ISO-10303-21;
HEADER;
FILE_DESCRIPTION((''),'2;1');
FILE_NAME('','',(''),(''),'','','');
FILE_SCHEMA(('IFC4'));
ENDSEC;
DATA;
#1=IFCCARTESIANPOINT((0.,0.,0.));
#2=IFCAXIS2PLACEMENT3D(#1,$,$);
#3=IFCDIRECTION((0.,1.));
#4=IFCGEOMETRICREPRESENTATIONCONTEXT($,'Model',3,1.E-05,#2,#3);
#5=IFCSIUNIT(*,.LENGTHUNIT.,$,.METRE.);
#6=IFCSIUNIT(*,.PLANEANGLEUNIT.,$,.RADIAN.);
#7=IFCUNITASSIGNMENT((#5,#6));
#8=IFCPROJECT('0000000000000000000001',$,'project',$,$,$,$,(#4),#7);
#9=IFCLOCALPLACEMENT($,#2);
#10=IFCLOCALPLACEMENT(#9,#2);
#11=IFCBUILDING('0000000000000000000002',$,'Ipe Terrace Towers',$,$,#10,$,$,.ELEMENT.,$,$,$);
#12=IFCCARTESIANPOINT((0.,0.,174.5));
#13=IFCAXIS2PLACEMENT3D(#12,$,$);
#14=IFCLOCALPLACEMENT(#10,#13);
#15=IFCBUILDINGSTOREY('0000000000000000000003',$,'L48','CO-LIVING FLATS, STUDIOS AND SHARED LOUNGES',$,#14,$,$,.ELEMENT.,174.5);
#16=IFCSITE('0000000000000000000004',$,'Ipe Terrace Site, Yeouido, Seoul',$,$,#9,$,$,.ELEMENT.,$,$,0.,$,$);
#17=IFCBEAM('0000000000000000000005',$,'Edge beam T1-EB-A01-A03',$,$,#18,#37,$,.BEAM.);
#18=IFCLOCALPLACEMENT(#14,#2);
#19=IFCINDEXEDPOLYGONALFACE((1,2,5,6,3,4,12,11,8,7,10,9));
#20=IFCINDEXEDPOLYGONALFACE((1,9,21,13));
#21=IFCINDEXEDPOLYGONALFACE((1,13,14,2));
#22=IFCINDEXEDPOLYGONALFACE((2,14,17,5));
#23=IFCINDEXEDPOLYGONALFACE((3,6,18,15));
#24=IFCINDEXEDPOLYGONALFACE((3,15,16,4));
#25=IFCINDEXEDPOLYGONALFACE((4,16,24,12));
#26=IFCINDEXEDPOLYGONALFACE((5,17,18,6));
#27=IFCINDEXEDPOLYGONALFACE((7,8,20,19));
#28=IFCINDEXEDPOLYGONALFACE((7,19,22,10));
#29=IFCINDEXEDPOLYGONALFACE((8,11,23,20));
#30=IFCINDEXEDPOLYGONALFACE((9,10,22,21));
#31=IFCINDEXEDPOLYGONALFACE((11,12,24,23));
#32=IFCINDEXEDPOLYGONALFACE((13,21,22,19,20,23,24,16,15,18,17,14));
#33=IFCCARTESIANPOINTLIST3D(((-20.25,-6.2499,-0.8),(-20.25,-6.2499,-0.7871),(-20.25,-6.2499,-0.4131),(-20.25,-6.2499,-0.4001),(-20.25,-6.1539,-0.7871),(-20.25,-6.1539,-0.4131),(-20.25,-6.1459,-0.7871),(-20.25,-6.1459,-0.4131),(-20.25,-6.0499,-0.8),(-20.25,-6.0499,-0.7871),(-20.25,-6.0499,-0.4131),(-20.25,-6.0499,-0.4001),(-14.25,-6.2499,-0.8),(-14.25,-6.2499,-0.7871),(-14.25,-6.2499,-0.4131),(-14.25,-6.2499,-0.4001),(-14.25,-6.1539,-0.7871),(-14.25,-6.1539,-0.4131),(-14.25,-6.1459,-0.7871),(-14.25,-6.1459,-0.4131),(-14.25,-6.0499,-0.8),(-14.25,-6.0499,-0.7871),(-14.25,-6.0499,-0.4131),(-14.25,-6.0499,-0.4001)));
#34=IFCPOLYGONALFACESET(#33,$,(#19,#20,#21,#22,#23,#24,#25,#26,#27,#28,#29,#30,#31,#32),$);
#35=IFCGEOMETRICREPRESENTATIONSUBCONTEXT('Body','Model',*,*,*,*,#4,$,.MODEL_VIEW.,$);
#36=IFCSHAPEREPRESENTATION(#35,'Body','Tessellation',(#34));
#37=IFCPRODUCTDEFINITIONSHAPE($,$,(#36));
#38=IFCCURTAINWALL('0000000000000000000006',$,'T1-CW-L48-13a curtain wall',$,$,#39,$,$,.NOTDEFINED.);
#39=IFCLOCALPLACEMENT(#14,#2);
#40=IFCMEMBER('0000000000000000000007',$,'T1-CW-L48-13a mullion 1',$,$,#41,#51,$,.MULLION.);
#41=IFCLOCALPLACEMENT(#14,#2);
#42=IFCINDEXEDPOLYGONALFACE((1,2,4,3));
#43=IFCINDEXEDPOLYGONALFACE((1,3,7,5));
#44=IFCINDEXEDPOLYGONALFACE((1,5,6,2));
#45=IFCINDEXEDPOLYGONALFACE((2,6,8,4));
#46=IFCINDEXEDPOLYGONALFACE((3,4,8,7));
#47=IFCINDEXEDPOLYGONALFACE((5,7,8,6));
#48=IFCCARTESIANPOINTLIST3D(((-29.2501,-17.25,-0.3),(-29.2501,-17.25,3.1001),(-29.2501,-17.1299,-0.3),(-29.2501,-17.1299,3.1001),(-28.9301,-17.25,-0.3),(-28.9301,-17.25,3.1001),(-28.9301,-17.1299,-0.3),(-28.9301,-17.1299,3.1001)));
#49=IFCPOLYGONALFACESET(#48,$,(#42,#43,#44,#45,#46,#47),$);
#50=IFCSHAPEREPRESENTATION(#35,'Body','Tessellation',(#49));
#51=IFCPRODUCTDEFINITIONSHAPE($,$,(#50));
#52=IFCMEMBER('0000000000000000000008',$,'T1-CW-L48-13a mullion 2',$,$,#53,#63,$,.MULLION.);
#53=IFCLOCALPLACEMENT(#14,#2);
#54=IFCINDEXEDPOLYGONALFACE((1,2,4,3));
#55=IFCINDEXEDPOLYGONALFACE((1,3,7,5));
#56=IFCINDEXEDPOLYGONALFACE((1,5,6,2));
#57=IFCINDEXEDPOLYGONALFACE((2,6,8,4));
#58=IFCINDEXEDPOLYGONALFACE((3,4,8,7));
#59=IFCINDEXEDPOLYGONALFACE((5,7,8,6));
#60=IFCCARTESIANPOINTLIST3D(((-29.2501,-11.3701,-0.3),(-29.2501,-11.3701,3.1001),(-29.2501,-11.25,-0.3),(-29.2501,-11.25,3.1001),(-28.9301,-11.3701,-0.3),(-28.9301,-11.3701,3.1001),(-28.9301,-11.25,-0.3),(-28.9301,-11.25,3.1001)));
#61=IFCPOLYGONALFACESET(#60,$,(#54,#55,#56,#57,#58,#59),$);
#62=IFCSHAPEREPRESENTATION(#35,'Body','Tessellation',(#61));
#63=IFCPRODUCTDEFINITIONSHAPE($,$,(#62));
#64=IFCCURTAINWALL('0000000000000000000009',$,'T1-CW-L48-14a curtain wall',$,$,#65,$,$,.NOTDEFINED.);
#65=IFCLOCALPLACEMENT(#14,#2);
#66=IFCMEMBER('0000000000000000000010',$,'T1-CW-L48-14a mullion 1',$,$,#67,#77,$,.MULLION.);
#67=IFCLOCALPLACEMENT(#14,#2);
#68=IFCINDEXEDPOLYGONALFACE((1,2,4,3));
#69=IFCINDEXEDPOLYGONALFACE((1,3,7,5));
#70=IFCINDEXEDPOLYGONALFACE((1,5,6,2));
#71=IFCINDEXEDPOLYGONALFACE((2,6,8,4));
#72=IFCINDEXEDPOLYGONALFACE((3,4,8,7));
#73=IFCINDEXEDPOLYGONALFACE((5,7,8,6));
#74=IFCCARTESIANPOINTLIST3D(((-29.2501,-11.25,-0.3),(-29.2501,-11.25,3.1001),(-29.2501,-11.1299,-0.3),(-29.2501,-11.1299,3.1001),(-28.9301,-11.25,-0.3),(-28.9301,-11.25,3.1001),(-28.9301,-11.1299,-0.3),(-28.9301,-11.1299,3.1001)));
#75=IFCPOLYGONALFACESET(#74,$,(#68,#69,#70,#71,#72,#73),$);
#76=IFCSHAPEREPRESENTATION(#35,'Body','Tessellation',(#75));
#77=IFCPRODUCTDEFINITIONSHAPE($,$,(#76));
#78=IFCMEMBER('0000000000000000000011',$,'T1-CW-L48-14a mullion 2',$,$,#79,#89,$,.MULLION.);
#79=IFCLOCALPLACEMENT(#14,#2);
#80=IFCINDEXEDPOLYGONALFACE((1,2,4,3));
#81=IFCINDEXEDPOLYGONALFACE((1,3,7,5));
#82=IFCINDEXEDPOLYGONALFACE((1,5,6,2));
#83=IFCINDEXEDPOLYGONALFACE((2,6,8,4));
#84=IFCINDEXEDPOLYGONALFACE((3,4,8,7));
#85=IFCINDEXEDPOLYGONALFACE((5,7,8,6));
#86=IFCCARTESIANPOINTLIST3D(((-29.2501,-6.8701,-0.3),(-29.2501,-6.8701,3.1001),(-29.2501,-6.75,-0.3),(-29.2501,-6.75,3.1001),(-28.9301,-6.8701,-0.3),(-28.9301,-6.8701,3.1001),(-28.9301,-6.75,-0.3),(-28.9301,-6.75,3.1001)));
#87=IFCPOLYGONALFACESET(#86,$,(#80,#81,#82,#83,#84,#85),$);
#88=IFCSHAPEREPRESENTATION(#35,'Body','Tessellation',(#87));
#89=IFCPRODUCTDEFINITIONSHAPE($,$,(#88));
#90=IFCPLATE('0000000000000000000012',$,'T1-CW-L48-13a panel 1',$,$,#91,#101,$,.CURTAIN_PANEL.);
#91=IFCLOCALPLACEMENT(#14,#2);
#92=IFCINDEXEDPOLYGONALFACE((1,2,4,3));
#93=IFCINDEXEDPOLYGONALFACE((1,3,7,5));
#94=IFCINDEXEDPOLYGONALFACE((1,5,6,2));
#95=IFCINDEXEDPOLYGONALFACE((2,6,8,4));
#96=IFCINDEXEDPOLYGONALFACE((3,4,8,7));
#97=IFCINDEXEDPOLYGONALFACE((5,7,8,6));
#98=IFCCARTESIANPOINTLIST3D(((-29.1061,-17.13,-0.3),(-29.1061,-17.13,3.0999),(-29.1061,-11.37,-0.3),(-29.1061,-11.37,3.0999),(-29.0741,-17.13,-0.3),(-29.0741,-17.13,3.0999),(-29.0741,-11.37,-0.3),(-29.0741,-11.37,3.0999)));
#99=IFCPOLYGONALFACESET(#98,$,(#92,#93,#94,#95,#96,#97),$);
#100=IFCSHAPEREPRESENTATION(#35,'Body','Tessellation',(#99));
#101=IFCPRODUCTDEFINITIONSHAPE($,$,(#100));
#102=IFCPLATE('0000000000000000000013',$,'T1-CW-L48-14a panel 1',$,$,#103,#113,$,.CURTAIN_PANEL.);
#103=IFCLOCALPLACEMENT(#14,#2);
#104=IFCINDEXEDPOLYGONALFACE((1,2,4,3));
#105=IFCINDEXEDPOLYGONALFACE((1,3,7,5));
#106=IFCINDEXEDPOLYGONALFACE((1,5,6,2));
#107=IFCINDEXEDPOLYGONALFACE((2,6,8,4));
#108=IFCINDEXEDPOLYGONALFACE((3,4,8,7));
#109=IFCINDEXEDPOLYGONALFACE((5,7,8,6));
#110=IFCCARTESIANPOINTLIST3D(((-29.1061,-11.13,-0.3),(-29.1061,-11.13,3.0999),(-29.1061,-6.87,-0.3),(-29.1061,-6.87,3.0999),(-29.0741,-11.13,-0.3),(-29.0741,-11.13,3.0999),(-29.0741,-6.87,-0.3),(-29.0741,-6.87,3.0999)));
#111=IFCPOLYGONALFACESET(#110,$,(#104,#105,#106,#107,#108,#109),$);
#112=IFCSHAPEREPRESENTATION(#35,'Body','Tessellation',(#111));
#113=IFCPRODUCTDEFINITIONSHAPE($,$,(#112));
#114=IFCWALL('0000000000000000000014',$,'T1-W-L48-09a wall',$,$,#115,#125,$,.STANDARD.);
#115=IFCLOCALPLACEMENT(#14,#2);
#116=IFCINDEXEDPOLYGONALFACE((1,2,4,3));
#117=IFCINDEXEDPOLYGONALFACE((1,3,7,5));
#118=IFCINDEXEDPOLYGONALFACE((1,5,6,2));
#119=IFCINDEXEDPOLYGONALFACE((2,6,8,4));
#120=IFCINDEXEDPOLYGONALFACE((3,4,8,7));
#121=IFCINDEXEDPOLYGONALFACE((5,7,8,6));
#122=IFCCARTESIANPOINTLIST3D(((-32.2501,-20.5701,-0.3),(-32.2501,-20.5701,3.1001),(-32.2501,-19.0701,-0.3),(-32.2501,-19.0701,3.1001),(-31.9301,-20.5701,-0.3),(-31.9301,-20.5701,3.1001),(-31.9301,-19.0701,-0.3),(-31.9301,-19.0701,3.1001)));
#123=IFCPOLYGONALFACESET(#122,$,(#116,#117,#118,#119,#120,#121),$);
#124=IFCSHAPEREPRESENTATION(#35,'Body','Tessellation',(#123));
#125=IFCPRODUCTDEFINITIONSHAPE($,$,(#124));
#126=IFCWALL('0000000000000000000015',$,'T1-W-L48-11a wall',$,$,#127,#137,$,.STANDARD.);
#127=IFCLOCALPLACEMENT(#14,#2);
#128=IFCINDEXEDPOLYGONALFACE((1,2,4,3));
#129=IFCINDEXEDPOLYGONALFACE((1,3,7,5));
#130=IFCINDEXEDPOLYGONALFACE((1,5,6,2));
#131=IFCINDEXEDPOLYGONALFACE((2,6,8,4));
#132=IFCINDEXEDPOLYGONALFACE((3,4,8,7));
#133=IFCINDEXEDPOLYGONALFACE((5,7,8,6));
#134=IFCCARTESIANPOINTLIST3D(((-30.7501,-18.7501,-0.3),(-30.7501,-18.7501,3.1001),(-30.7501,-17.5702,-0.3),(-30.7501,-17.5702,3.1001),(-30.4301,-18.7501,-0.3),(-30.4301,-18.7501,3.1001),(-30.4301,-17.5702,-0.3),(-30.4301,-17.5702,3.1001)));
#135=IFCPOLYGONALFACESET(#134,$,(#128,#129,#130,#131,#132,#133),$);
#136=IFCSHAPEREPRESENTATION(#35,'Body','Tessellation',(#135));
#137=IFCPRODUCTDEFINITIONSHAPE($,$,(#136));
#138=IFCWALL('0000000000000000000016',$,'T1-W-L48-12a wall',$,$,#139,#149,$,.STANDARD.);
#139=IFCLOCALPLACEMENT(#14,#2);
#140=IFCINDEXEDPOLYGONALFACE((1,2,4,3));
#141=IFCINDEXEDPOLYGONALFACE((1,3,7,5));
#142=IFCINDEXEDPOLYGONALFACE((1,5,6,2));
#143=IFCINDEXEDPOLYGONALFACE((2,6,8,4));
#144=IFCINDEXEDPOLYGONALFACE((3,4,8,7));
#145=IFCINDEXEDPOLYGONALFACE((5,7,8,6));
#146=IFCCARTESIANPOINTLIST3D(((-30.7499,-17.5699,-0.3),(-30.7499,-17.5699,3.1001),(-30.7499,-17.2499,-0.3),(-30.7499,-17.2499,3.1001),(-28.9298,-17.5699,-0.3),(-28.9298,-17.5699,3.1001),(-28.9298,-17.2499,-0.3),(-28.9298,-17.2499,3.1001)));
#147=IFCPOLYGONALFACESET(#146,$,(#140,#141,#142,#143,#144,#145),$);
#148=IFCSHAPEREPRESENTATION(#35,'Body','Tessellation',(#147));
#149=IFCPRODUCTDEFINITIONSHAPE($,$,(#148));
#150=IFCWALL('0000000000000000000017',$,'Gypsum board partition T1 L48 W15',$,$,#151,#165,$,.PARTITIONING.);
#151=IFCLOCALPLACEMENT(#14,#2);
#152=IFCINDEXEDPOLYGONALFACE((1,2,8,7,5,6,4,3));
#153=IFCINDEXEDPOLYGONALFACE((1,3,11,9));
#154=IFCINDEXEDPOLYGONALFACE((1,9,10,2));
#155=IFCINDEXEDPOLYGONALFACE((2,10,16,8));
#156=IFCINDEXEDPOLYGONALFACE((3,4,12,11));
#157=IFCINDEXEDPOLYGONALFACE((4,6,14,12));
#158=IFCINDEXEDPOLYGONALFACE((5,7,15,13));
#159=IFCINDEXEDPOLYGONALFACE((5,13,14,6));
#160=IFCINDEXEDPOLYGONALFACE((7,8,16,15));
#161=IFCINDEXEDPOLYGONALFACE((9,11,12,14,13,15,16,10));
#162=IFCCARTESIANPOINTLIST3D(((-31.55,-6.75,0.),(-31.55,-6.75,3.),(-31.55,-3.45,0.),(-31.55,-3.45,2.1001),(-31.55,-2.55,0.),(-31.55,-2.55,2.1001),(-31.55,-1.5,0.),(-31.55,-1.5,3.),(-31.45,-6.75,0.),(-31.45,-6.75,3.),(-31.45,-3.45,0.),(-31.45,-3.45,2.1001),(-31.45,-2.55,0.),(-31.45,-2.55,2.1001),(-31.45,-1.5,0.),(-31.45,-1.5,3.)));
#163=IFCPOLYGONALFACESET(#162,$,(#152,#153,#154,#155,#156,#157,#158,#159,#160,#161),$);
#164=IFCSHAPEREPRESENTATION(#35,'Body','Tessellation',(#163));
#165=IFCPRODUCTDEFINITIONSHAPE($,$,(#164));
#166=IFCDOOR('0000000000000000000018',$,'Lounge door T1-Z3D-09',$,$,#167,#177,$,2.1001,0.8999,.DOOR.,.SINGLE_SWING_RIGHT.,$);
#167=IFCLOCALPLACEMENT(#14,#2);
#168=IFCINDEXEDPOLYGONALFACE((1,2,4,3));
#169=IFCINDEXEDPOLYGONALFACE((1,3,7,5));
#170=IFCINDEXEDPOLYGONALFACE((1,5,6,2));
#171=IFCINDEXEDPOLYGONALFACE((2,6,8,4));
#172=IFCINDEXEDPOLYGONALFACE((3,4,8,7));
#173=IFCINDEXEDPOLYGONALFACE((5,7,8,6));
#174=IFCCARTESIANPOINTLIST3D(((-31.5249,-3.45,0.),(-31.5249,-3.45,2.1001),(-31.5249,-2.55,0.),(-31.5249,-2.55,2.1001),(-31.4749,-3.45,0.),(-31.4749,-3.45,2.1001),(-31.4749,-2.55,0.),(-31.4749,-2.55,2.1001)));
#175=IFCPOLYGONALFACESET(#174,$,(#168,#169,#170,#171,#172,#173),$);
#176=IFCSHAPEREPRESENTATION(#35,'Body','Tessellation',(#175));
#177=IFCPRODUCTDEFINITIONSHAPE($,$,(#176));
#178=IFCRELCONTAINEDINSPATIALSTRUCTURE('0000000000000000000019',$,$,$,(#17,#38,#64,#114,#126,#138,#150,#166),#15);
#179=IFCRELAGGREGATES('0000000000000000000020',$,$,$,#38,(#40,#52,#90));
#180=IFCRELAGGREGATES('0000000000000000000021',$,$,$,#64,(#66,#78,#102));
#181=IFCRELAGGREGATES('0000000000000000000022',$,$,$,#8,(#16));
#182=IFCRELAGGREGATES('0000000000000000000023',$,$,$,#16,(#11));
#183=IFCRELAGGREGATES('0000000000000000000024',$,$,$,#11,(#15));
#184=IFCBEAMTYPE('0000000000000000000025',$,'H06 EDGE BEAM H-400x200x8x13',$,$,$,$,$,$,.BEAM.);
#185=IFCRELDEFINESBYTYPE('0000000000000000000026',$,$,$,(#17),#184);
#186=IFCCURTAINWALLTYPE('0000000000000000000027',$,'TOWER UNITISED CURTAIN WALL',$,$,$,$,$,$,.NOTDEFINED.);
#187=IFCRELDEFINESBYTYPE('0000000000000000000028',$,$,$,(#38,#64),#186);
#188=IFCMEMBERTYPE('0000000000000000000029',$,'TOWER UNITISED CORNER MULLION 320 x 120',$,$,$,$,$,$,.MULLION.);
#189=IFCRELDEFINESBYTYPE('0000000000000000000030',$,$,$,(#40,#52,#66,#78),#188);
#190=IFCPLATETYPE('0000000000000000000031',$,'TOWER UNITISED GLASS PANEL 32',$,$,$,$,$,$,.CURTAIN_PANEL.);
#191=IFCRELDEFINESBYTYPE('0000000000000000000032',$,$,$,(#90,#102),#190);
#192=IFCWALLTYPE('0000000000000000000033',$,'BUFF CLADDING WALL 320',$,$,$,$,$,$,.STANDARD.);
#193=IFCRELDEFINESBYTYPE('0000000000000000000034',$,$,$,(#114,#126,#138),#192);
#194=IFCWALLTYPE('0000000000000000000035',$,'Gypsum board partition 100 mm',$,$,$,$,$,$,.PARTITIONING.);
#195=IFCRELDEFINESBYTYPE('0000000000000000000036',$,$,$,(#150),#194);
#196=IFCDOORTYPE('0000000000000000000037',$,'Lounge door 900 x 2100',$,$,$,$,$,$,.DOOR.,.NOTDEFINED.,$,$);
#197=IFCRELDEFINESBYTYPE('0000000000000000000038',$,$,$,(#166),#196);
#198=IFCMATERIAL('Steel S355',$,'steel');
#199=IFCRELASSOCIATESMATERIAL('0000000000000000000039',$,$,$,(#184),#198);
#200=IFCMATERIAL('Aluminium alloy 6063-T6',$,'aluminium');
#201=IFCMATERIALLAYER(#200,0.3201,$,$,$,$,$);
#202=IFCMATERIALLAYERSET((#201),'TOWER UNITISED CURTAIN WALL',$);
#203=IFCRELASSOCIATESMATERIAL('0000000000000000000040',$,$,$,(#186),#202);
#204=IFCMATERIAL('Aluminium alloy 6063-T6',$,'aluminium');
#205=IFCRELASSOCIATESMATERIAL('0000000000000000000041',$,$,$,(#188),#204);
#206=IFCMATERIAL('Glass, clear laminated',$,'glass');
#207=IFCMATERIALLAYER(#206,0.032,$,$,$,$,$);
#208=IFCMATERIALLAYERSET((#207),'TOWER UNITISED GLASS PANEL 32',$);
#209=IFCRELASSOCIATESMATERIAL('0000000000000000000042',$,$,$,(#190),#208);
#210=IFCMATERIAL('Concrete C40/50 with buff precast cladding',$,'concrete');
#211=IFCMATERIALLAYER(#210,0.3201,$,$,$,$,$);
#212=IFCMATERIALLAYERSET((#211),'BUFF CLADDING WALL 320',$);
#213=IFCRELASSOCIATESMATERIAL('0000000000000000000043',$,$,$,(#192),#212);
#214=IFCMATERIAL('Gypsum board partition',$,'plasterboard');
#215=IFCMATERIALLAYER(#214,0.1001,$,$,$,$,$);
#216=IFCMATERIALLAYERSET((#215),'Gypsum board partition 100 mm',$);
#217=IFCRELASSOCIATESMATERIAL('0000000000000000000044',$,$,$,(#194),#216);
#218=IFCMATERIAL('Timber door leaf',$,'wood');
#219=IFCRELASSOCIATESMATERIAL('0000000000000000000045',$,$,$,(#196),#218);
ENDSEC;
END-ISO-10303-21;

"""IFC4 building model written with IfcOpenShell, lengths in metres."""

from ifc_helpers import new_model, si_unit, direction, frame, frame_2d, origin, origin_2d, place, context, subcontext, project, spatial, rectangle, i_section, extrude, material, layer, layer_set, material_profile, profile_set, type_object, element, fill, aggregate, save


model = new_model("IFC4")

# Units and contexts
model_context = context("Model", 3, precision=1e-05, world=origin(), true_north=direction((0.0, 1.0)))
body_context = subcontext(model_context, "Body", "Model", "MODEL_VIEW")
ifc_project = project(units=[si_unit("LENGTHUNIT", "METRE"), si_unit("PLANEANGLEUNIT", "RADIAN")], contexts=[model_context])

# Site, building, storey
site_placement = place(None, origin())
site = spatial("IfcSite", under=ifc_project, at=site_placement, Name="Ipe Terrace Site, Yeouido, Seoul", CompositionType="ELEMENT", RefElevation=0.0)
building_placement = place(site_placement, origin())
building = spatial("IfcBuilding", under=site, at=building_placement, Name="Ipe Terrace Towers", CompositionType="ELEMENT")
storey_placement = place(building_placement, frame((0.0, 0.0, 174.5)))
storey = spatial("IfcBuildingStorey", under=building, at=storey_placement, Name="L48", Description="CO-LIVING FLATS, STUDIOS AND SHARED LOUNGES", CompositionType="ELEMENT", Elevation=174.5)

# Beam
ifc_material_1 = material(Name="Steel S355", Category="steel")
ifc_material_profile_1 = material_profile(ifc_material_1, i_section(OverallWidth=0.2, OverallDepth=0.3999, WebThickness=0.0081, FlangeThickness=0.0129, at=origin_2d()), Name="H-400x200x8x13")
ifc_profile_set_1 = profile_set([ifc_material_profile_1], Name="Steel S355")
beam_type_1 = type_object("IfcBeamType", Name="H06 EDGE BEAM H-400x200x8x13", PredefinedType="BEAM", material=ifc_profile_set_1)
beam_1_placement = place(storey_placement, frame((-20.25, -6.1499, -0.6001), z_axis=(1.0, 0.0, 0.0), x_axis=(0.0, 1.0, 0.0)))
element("IfcBeam", 1, at=beam_1_placement, inside=storey, type_object=beam_type_1, Name="Edge beam T1-EB-A01-A03", PredefinedType="BEAM", context=body_context, shape_type="SweptSolid", body=[
    extrude(i_section(OverallWidth=0.2, OverallDepth=0.3999, WebThickness=0.0081, FlangeThickness=0.0129, at=origin_2d()), origin(), (0.0, 0.0, 1.0), 6.0),
])

# Curtain walls, members
ifc_material_2 = material(Name="Aluminium alloy 6063-T6", Category="aluminium")
ifc_layer_1 = layer(ifc_material_2, 0.3201)
ifc_layer_set_1 = layer_set([ifc_layer_1], Name="TOWER UNITISED CURTAIN WALL")
curtain_wall_type = type_object("IfcCurtainWallType", Name="TOWER UNITISED CURTAIN WALL", PredefinedType="NOTDEFINED", material=ifc_layer_set_1)
curtain_wall_1_placement = place(storey_placement, origin())
curtain_wall_1 = element("IfcCurtainWall", 2, at=curtain_wall_1_placement, inside=storey, type_object=curtain_wall_type, Name="T1-CW-L48-13a curtain wall", PredefinedType="NOTDEFINED")
ifc_material_3 = material(Name="Aluminium alloy 6063-T6", Category="aluminium")
ifc_material_profile_2 = material_profile(ifc_material_3, rectangle(XDim=0.3201, YDim=0.1201, at=origin_2d()), Name="TOWER UNITISED CORNER MULLION 320 x 120")
ifc_profile_set_2 = profile_set([ifc_material_profile_2], Name="Aluminium alloy 6063-T6")
member_type = type_object("IfcMemberType", Name="TOWER UNITISED CORNER MULLION 320 x 120", PredefinedType="MULLION", material=ifc_profile_set_2)
member_1_placement = place(storey_placement, frame((-29.0901, -17.1899, -0.3), z_axis=(0.0, 0.0, 1.0), x_axis=(1.0, 0.0, 0.0)))
member_1 = element("IfcMember", 3, at=member_1_placement, type_object=member_type, Name="T1-CW-L48-13a mullion 1", PredefinedType="MULLION", context=body_context, shape_type="SweptSolid", body=[
    extrude(rectangle(XDim=0.3201, YDim=0.1201, at=origin_2d()), origin(), (0.0, 0.0, 1.0), 3.4001),
])
member_2_placement = place(storey_placement, frame((-29.0901, -11.3101, -0.3), z_axis=(0.0, 0.0, 1.0), x_axis=(1.0, 0.0, 0.0)))
member_2 = element("IfcMember", 4, at=member_2_placement, type_object=member_type, Name="T1-CW-L48-13a mullion 2", PredefinedType="MULLION", context=body_context, shape_type="SweptSolid", body=[
    extrude(rectangle(XDim=0.3201, YDim=0.1201, at=origin_2d()), origin(), (0.0, 0.0, 1.0), 3.4001),
])
curtain_wall_2_placement = place(storey_placement, origin())
curtain_wall_2 = element("IfcCurtainWall", 5, at=curtain_wall_2_placement, inside=storey, type_object=curtain_wall_type, Name="T1-CW-L48-14a curtain wall", PredefinedType="NOTDEFINED")
member_3_placement = place(storey_placement, frame((-29.0901, -11.1899, -0.3), z_axis=(0.0, 0.0, 1.0), x_axis=(1.0, 0.0, 0.0)))
member_3 = element("IfcMember", 6, at=member_3_placement, type_object=member_type, Name="T1-CW-L48-14a mullion 1", PredefinedType="MULLION", context=body_context, shape_type="SweptSolid", body=[
    extrude(rectangle(XDim=0.3201, YDim=0.1201, at=origin_2d()), origin(), (0.0, 0.0, 1.0), 3.4001),
])
member_4_placement = place(storey_placement, frame((-29.0901, -6.8101, -0.3), z_axis=(0.0, 0.0, 1.0), x_axis=(1.0, 0.0, 0.0)))
member_4 = element("IfcMember", 7, at=member_4_placement, type_object=member_type, Name="T1-CW-L48-14a mullion 2", PredefinedType="MULLION", context=body_context, shape_type="SweptSolid", body=[
    extrude(rectangle(XDim=0.3201, YDim=0.1201, at=origin_2d()), origin(), (0.0, 0.0, 1.0), 3.4001),
])

# Plates
ifc_material_4 = material(Name="Glass, clear laminated", Category="glass")
ifc_layer_2 = layer(ifc_material_4, 0.032)
ifc_layer_set_2 = layer_set([ifc_layer_2], Name="TOWER UNITISED GLASS PANEL 32")
plate_type = type_object("IfcPlateType", Name="TOWER UNITISED GLASS PANEL 32", PredefinedType="CURTAIN_PANEL", material=ifc_layer_set_2)
plate_1_placement = place(storey_placement, frame((-29.0901, -14.25, -0.3), z_axis=(0.0, 0.0, 1.0), x_axis=(0.0, 1.0, 0.0)))
plate_1 = element("IfcPlate", 8, at=plate_1_placement, type_object=plate_type, Name="T1-CW-L48-13a panel 1", PredefinedType="CURTAIN_PANEL", context=body_context, shape_type="SweptSolid", body=[
    extrude(rectangle(XDim=5.76, YDim=0.032, at=origin_2d()), origin(), (0.0, 0.0, 1.0), 3.3999),
])
aggregate(curtain_wall_1, [member_1, member_2, plate_1])
plate_2_placement = place(storey_placement, frame((-29.0901, -9.0, -0.3), z_axis=(0.0, 0.0, 1.0), x_axis=(0.0, 1.0, 0.0)))
plate_2 = element("IfcPlate", 9, at=plate_2_placement, type_object=plate_type, Name="T1-CW-L48-14a panel 1", PredefinedType="CURTAIN_PANEL", context=body_context, shape_type="SweptSolid", body=[
    extrude(rectangle(XDim=4.26, YDim=0.032, at=origin_2d()), origin(), (0.0, 0.0, 1.0), 3.3999),
])
aggregate(curtain_wall_2, [member_3, member_4, plate_2])

# Walls
ifc_material_5 = material(Name="Concrete C40/50 with buff precast cladding", Category="concrete")
ifc_layer_3 = layer(ifc_material_5, 0.3201)
ifc_layer_set_3 = layer_set([ifc_layer_3], Name="BUFF CLADDING WALL 320")
wall_type_1 = type_object("IfcWallType", Name="BUFF CLADDING WALL 320", PredefinedType="STANDARD", material=ifc_layer_set_3)
wall_1_placement = place(storey_placement, frame((-32.0901, -20.5701, -0.3), z_axis=(0.0, 0.0, 1.0), x_axis=(0.0, 1.0, 0.0)))
element("IfcWall", 10, at=wall_1_placement, inside=storey, type_object=wall_type_1, Name="T1-W-L48-09a wall", PredefinedType="STANDARD", context=body_context, shape_type="SweptSolid", body=[
    extrude(rectangle(XDim=1.5, YDim=0.3201, at=frame_2d((0.75, 0.0))), origin(), (0.0, 0.0, 1.0), 3.4001),
])
wall_2_placement = place(storey_placement, frame((-30.5901, -18.75, -0.3), z_axis=(0.0, 0.0, 1.0), x_axis=(0.0, 1.0, 0.0)))
element("IfcWall", 11, at=wall_2_placement, inside=storey, type_object=wall_type_1, Name="T1-W-L48-11a wall", PredefinedType="STANDARD", context=body_context, shape_type="SweptSolid", body=[
    extrude(rectangle(XDim=1.1799, YDim=0.3201, at=frame_2d((0.5898, 0.0))), origin(), (0.0, 0.0, 1.0), 3.4001),
])
wall_3_placement = place(storey_placement, frame((-30.75, -17.4099, -0.3), z_axis=(0.0, 0.0, 1.0), x_axis=(1.0, 0.0, 0.0)))
element("IfcWall", 12, at=wall_3_placement, inside=storey, type_object=wall_type_1, Name="T1-W-L48-12a wall", PredefinedType="STANDARD", context=body_context, shape_type="SweptSolid", body=[
    extrude(rectangle(XDim=1.8201, YDim=0.3201, at=frame_2d((0.9102, 0.0))), origin(), (0.0, 0.0, 1.0), 3.4001),
])

# Wall, opening, door
ifc_material_6 = material(Name="Gypsum board partition", Category="plasterboard")
ifc_layer_4 = layer(ifc_material_6, 0.1001)
ifc_layer_set_4 = layer_set([ifc_layer_4], Name="Gypsum board partition 100 mm")
wall_type_2 = type_object("IfcWallType", Name="Gypsum board partition 100 mm", PredefinedType="PARTITIONING", material=ifc_layer_set_4)
wall_4_placement = place(storey_placement, frame((-31.5, -6.75, 0.0), z_axis=(0.0, 0.0, 1.0), x_axis=(0.0, 1.0, 0.0)))
wall_4 = element("IfcWall", 13, at=wall_4_placement, inside=storey, type_object=wall_type_2, Name="Gypsum board partition T1 L48 W15", PredefinedType="PARTITIONING", context=body_context, shape_type="SweptSolid", body=[
    extrude(rectangle(XDim=5.25, YDim=0.1001, at=frame_2d((2.625, 0.0))), origin(), (0.0, 0.0, 1.0), 3.0),
])
opening_1_placement = place(wall_4_placement, frame((3.3, 0.0, 0.0)))
opening_1 = element("IfcOpeningElement", 14, at=opening_1_placement, cuts=wall_4, PredefinedType="OPENING", context=body_context, shape_type="SweptSolid", body=[
    extrude(rectangle(XDim=0.8999, YDim=2.1001, at=frame_2d((0.45, 1.05))), frame((0.0, 0.0601, 0.0), z_axis=(0.0, -1.0, 0.0), x_axis=(1.0, 0.0, 0.0)), (0.0, 0.0, 1.0), 0.1201),
])
ifc_material_7 = material(Name="Timber door leaf", Category="wood")
door_type_1 = type_object("IfcDoorType", Name="Lounge door 900 x 2100", OperationType="NOTDEFINED", PredefinedType="DOOR", material=ifc_material_7)
door_1_placement = place(opening_1_placement, origin())
door_1 = element("IfcDoor", 15, at=door_1_placement, inside=storey, type_object=door_type_1, Name="Lounge door T1-Z3D-09", OperationType="SINGLE_SWING_RIGHT", OverallHeight=2.1001, OverallWidth=0.8999, PredefinedType="DOOR", context=body_context, shape_type="SweptSolid", body=[
    extrude(rectangle(XDim=0.8999, YDim=2.1001, at=frame_2d((0.45, 1.05))), frame((0.0, 0.0249, 0.0), z_axis=(0.0, -1.0, 0.0), x_axis=(1.0, 0.0, 0.0)), (0.0, 0.0, 1.0), 0.05),
])
fill(opening_1, door_1)

save(model, "model.ifc")
